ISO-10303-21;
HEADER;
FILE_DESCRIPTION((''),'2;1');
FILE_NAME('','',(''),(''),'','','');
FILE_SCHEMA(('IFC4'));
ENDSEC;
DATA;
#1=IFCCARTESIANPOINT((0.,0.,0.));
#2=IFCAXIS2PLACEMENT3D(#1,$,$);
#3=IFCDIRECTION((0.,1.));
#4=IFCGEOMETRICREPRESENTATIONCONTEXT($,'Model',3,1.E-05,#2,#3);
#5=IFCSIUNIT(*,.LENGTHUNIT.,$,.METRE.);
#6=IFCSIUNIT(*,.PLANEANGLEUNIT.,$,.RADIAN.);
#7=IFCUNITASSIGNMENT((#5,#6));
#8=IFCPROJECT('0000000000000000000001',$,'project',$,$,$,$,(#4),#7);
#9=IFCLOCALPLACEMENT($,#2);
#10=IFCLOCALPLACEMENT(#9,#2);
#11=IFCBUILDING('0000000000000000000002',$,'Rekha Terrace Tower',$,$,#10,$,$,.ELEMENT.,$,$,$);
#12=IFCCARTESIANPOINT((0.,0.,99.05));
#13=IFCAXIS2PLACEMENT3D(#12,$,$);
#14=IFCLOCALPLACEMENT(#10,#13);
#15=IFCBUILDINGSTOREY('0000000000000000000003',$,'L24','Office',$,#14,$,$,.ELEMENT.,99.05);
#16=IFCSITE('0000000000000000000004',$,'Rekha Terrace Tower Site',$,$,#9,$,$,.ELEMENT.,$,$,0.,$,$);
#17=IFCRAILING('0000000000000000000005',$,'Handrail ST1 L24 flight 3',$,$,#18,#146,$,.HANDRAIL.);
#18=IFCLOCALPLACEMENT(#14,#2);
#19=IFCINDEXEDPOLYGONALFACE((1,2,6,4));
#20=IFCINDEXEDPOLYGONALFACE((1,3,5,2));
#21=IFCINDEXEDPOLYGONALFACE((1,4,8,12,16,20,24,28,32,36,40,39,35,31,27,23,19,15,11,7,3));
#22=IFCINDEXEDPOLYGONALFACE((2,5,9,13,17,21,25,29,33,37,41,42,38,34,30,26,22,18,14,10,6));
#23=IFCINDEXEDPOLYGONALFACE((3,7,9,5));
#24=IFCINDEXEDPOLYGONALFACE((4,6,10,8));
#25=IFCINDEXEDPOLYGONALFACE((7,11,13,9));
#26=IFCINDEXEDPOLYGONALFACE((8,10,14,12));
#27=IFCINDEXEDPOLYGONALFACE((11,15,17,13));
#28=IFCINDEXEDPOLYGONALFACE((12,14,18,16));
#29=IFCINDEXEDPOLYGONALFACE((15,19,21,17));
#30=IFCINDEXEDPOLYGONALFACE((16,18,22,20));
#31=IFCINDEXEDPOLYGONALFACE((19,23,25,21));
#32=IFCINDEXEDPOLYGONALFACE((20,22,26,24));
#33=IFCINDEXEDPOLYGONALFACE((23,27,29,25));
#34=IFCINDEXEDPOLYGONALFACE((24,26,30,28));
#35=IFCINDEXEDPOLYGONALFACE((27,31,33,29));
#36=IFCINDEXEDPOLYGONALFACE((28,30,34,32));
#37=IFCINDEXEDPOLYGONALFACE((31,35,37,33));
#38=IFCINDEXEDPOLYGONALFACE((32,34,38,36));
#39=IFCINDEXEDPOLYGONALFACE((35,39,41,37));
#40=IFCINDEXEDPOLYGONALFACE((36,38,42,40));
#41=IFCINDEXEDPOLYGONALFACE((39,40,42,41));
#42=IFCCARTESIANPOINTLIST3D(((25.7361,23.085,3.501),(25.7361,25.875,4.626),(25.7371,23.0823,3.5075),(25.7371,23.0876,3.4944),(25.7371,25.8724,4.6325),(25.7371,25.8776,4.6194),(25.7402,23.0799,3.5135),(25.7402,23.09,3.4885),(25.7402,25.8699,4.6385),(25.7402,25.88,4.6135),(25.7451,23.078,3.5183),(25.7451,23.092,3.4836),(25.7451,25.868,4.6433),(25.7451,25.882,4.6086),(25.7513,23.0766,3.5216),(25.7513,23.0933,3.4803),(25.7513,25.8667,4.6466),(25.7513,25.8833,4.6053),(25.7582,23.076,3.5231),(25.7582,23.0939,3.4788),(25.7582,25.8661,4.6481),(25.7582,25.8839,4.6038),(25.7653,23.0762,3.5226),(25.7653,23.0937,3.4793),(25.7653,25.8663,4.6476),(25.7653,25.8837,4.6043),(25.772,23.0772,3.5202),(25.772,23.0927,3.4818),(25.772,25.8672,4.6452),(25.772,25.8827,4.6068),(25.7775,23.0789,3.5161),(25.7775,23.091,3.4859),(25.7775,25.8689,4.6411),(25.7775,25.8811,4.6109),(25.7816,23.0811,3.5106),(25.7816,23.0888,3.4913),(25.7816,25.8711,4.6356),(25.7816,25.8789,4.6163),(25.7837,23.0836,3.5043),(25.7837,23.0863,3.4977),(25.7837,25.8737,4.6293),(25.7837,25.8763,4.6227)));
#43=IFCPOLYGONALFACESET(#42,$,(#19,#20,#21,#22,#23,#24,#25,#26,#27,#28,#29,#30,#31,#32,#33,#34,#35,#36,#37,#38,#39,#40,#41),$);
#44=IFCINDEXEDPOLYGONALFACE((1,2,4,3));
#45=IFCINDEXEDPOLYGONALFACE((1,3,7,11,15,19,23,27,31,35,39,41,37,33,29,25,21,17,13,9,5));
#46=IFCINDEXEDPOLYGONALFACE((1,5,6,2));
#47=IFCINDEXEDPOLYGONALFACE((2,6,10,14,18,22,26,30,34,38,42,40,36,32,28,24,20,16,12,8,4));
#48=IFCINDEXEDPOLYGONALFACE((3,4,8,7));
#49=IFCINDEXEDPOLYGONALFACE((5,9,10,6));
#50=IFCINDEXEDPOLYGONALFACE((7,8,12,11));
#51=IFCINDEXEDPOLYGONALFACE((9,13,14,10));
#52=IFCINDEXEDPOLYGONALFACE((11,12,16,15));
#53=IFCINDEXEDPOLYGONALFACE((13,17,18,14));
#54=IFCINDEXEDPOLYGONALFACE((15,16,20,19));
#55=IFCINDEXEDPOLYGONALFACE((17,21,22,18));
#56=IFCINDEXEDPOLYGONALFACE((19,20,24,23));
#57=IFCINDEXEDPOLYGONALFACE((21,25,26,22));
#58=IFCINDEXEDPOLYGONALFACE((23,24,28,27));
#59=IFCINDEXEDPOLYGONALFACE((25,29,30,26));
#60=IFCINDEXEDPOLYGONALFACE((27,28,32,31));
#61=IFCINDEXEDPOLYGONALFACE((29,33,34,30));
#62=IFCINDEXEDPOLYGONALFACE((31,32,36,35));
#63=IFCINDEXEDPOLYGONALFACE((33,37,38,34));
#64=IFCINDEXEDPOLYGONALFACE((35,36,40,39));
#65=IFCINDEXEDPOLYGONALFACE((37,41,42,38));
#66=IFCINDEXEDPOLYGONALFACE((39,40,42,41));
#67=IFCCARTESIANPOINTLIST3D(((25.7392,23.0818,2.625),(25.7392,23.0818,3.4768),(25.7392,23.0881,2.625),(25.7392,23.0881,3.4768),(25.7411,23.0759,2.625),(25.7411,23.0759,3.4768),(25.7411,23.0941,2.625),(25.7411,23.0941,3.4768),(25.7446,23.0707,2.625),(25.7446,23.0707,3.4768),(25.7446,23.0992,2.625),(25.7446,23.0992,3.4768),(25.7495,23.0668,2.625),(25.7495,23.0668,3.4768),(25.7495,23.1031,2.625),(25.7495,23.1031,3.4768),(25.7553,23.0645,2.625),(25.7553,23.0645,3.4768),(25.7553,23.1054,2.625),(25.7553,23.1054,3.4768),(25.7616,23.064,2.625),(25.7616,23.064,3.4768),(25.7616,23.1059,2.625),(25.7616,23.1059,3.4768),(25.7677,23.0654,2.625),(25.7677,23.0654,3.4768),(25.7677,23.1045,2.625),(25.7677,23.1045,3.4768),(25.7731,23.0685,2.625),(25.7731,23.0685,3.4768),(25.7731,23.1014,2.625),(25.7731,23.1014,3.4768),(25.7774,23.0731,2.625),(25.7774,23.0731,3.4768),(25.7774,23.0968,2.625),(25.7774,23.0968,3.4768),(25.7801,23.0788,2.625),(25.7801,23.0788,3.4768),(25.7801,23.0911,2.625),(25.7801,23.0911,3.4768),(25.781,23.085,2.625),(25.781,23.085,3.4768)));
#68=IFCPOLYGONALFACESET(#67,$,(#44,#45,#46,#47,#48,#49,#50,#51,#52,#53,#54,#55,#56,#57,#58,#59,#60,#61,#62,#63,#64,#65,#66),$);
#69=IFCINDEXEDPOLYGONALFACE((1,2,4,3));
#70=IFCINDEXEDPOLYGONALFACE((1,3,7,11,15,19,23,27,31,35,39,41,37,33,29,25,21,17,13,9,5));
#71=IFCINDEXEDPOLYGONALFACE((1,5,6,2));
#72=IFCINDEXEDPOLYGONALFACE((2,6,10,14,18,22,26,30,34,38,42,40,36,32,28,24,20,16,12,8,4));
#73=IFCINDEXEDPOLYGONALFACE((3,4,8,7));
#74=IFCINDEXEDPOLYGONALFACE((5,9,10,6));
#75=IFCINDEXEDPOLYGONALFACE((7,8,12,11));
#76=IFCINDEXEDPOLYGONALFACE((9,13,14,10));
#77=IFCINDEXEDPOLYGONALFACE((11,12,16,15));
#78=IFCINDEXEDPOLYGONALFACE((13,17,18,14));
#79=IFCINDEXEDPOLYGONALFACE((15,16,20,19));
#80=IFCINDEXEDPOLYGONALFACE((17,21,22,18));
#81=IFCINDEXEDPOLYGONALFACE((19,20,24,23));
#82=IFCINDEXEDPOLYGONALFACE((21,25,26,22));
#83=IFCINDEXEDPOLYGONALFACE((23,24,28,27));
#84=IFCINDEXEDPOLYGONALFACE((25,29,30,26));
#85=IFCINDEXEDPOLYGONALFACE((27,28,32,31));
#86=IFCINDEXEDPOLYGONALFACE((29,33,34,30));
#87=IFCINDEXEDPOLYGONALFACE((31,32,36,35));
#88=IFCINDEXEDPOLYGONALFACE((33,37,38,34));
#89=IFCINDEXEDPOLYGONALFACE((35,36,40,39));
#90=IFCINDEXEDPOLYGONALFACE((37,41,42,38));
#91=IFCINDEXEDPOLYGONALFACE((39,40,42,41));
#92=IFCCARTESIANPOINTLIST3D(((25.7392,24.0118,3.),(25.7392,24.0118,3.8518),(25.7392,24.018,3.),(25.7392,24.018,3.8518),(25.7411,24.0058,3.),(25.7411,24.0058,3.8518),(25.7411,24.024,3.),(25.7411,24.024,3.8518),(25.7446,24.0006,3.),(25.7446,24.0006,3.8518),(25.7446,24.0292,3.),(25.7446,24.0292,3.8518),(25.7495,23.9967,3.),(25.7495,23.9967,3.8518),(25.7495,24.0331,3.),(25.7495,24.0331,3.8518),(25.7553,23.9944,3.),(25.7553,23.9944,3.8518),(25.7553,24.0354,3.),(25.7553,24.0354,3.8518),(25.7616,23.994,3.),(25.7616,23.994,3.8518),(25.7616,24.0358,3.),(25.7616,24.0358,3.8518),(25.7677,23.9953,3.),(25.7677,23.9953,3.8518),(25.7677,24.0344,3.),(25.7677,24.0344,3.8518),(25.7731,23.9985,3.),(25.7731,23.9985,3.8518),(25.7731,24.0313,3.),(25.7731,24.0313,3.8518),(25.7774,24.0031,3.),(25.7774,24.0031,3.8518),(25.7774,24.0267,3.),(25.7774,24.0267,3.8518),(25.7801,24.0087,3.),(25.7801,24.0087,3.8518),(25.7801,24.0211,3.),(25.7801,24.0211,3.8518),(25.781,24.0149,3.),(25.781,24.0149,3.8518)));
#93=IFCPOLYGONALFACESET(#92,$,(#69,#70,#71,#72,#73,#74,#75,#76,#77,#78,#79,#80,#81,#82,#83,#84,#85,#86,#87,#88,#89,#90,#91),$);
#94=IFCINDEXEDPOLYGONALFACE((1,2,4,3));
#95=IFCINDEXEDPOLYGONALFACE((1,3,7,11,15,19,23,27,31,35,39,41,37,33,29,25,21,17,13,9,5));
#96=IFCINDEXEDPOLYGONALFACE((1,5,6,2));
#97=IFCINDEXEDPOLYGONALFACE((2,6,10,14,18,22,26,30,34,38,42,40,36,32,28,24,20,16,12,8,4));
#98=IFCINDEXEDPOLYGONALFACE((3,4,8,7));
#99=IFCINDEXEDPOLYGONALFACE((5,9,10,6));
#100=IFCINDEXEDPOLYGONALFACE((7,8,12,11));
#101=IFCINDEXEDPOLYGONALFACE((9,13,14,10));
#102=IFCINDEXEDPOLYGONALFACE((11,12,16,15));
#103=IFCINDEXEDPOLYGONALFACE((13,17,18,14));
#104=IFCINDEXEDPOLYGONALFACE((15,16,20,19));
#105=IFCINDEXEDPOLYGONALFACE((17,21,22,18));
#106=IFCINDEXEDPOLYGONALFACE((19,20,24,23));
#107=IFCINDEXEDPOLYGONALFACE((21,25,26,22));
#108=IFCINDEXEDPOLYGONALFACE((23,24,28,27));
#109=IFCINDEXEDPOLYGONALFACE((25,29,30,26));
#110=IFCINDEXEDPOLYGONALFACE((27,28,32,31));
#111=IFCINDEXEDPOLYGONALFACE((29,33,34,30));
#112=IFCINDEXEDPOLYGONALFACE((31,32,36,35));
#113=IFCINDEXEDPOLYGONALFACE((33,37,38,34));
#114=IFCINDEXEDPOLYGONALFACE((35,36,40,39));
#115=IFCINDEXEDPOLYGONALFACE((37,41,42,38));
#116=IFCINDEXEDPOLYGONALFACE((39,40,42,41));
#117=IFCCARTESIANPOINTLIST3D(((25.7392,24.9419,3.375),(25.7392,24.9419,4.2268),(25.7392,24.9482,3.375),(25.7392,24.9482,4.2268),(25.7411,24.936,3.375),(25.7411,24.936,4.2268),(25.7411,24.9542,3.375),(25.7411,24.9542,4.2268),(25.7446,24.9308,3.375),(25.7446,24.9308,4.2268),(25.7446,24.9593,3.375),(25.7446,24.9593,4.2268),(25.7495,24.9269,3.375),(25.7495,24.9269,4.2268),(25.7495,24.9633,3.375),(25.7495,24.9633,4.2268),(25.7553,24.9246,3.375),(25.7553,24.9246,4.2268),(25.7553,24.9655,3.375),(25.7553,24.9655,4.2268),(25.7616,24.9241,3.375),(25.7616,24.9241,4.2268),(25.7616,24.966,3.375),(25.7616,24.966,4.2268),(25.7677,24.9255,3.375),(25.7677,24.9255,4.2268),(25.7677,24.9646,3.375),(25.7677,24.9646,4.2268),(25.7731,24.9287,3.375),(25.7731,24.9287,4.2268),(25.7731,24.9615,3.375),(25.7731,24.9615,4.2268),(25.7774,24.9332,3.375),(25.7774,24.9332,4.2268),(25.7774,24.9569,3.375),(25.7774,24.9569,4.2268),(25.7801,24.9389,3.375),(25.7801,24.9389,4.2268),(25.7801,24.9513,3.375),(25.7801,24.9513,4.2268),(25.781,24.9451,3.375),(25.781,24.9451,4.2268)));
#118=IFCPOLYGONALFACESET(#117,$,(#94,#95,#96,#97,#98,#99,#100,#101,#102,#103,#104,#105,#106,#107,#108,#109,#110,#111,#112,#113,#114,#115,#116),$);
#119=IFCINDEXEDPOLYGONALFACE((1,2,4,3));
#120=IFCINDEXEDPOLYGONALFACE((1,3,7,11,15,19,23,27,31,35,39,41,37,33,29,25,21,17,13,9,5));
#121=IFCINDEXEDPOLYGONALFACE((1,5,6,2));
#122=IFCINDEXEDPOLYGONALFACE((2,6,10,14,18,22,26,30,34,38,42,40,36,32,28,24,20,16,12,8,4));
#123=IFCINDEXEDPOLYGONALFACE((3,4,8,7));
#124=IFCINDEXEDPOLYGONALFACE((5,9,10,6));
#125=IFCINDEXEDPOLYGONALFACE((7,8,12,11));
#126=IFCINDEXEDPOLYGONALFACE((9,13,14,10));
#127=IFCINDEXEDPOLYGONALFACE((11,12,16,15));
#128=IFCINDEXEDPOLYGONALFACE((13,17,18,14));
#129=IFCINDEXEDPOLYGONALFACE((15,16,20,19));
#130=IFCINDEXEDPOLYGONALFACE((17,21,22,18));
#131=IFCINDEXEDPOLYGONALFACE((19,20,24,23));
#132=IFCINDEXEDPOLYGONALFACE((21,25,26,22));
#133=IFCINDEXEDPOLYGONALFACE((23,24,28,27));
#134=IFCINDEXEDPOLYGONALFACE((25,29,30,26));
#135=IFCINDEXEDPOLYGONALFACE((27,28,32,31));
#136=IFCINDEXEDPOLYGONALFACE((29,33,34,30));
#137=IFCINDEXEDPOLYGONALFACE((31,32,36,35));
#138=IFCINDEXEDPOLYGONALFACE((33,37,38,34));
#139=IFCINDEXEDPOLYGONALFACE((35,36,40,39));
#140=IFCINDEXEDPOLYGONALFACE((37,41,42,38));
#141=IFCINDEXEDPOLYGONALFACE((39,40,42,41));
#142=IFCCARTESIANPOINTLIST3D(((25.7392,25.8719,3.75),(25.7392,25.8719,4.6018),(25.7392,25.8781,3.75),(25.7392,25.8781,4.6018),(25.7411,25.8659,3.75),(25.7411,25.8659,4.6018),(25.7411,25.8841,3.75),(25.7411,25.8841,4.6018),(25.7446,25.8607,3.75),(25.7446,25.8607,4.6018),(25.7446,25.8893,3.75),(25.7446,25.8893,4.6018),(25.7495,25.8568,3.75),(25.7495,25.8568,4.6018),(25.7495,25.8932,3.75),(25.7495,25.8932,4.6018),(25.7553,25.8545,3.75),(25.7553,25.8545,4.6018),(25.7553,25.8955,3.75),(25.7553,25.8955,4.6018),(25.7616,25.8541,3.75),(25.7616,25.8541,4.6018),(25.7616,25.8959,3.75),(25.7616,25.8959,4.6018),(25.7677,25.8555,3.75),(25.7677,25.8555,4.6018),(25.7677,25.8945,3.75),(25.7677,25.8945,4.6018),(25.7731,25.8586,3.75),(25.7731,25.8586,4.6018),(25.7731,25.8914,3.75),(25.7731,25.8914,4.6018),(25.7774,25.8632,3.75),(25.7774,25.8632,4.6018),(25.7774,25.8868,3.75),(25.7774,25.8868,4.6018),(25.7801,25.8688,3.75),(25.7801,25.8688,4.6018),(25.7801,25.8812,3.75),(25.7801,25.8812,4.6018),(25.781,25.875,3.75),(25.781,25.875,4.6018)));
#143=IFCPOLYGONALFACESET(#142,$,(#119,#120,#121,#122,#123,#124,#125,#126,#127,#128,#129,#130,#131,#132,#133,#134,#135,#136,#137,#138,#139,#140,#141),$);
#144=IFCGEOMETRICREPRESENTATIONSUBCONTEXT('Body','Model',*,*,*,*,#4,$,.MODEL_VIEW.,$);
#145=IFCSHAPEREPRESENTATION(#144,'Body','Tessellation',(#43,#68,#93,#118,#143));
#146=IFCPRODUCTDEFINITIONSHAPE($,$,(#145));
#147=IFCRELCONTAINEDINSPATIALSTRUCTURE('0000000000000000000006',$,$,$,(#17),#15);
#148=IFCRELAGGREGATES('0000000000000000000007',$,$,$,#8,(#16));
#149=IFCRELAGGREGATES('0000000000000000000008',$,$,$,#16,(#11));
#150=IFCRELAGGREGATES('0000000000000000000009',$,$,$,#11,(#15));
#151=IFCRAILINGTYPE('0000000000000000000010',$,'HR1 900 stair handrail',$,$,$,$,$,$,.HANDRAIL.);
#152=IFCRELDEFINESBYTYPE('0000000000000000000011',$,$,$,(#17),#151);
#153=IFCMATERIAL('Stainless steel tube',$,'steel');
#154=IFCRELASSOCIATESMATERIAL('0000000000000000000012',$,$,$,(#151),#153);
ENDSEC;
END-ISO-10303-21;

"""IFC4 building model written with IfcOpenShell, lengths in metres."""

from ifc_helpers import new_model, si_unit, direction, frame, origin, origin_2d, place, context, subcontext, project, spatial, circle, extrude, material, type_object, element, save


model = new_model("IFC4")

# Units and contexts
model_context = context("Model", 3, precision=1e-05, world=origin(), true_north=direction((0.0, 1.0)))
body_context = subcontext(model_context, "Body", "Model", "MODEL_VIEW")
ifc_project = project(units=[si_unit("LENGTHUNIT", "METRE"), si_unit("PLANEANGLEUNIT", "RADIAN")], contexts=[model_context])

# Site, building, storey
site_placement = place(None, origin())
site = spatial("IfcSite", under=ifc_project, at=site_placement, Name="Rekha Terrace Tower Site", CompositionType="ELEMENT", RefElevation=0.0)
building_placement = place(site_placement, origin())
building = spatial("IfcBuilding", under=site, at=building_placement, Name="Rekha Terrace Tower", CompositionType="ELEMENT")
storey_placement = place(building_placement, frame((0.0, 0.0, 99.05)))
storey = spatial("IfcBuildingStorey", under=building, at=storey_placement, Name="L24", Description="Office", CompositionType="ELEMENT", Elevation=99.05)

# Railing
ifc_material_1 = material(Name="Stainless steel tube", Category="steel")
railing_type_1 = type_object("IfcRailingType", Name="HR1 900 stair handrail", PredefinedType="HANDRAIL", material=ifc_material_1)
railing_1_placement = place(storey_placement, frame((25.76, 23.085, 2.625)))
element("IfcRailing", 1, at=railing_1_placement, inside=storey, type_object=railing_type_1, Name="Handrail ST1 L24 flight 3", PredefinedType="HANDRAIL", context=body_context, shape_type="SweptSolid", body=[
    extrude(circle(Radius=0.0239, at=origin_2d()), frame((0.0, 0.0, 0.876), z_axis=(0.0, 0.927443, 0.373964), x_axis=(-1.0, 0.0, 0.0)), (0.0, 0.0, 1.0), 3.0083),
    extrude(circle(Radius=0.021, at=origin_2d()), origin(), (0.0, 0.0, 1.0), 0.8518),
    extrude(circle(Radius=0.021, at=origin_2d()), frame((0.0, 0.9299, 0.375)), (0.0, 0.0, 1.0), 0.8518),
    extrude(circle(Radius=0.021, at=origin_2d()), frame((0.0, 1.8601, 0.75)), (0.0, 0.0, 1.0), 0.8518),
    extrude(circle(Radius=0.021, at=origin_2d()), frame((0.0, 2.79, 1.125)), (0.0, 0.0, 1.0), 0.8518),
])

save(model, "model.ifc")
